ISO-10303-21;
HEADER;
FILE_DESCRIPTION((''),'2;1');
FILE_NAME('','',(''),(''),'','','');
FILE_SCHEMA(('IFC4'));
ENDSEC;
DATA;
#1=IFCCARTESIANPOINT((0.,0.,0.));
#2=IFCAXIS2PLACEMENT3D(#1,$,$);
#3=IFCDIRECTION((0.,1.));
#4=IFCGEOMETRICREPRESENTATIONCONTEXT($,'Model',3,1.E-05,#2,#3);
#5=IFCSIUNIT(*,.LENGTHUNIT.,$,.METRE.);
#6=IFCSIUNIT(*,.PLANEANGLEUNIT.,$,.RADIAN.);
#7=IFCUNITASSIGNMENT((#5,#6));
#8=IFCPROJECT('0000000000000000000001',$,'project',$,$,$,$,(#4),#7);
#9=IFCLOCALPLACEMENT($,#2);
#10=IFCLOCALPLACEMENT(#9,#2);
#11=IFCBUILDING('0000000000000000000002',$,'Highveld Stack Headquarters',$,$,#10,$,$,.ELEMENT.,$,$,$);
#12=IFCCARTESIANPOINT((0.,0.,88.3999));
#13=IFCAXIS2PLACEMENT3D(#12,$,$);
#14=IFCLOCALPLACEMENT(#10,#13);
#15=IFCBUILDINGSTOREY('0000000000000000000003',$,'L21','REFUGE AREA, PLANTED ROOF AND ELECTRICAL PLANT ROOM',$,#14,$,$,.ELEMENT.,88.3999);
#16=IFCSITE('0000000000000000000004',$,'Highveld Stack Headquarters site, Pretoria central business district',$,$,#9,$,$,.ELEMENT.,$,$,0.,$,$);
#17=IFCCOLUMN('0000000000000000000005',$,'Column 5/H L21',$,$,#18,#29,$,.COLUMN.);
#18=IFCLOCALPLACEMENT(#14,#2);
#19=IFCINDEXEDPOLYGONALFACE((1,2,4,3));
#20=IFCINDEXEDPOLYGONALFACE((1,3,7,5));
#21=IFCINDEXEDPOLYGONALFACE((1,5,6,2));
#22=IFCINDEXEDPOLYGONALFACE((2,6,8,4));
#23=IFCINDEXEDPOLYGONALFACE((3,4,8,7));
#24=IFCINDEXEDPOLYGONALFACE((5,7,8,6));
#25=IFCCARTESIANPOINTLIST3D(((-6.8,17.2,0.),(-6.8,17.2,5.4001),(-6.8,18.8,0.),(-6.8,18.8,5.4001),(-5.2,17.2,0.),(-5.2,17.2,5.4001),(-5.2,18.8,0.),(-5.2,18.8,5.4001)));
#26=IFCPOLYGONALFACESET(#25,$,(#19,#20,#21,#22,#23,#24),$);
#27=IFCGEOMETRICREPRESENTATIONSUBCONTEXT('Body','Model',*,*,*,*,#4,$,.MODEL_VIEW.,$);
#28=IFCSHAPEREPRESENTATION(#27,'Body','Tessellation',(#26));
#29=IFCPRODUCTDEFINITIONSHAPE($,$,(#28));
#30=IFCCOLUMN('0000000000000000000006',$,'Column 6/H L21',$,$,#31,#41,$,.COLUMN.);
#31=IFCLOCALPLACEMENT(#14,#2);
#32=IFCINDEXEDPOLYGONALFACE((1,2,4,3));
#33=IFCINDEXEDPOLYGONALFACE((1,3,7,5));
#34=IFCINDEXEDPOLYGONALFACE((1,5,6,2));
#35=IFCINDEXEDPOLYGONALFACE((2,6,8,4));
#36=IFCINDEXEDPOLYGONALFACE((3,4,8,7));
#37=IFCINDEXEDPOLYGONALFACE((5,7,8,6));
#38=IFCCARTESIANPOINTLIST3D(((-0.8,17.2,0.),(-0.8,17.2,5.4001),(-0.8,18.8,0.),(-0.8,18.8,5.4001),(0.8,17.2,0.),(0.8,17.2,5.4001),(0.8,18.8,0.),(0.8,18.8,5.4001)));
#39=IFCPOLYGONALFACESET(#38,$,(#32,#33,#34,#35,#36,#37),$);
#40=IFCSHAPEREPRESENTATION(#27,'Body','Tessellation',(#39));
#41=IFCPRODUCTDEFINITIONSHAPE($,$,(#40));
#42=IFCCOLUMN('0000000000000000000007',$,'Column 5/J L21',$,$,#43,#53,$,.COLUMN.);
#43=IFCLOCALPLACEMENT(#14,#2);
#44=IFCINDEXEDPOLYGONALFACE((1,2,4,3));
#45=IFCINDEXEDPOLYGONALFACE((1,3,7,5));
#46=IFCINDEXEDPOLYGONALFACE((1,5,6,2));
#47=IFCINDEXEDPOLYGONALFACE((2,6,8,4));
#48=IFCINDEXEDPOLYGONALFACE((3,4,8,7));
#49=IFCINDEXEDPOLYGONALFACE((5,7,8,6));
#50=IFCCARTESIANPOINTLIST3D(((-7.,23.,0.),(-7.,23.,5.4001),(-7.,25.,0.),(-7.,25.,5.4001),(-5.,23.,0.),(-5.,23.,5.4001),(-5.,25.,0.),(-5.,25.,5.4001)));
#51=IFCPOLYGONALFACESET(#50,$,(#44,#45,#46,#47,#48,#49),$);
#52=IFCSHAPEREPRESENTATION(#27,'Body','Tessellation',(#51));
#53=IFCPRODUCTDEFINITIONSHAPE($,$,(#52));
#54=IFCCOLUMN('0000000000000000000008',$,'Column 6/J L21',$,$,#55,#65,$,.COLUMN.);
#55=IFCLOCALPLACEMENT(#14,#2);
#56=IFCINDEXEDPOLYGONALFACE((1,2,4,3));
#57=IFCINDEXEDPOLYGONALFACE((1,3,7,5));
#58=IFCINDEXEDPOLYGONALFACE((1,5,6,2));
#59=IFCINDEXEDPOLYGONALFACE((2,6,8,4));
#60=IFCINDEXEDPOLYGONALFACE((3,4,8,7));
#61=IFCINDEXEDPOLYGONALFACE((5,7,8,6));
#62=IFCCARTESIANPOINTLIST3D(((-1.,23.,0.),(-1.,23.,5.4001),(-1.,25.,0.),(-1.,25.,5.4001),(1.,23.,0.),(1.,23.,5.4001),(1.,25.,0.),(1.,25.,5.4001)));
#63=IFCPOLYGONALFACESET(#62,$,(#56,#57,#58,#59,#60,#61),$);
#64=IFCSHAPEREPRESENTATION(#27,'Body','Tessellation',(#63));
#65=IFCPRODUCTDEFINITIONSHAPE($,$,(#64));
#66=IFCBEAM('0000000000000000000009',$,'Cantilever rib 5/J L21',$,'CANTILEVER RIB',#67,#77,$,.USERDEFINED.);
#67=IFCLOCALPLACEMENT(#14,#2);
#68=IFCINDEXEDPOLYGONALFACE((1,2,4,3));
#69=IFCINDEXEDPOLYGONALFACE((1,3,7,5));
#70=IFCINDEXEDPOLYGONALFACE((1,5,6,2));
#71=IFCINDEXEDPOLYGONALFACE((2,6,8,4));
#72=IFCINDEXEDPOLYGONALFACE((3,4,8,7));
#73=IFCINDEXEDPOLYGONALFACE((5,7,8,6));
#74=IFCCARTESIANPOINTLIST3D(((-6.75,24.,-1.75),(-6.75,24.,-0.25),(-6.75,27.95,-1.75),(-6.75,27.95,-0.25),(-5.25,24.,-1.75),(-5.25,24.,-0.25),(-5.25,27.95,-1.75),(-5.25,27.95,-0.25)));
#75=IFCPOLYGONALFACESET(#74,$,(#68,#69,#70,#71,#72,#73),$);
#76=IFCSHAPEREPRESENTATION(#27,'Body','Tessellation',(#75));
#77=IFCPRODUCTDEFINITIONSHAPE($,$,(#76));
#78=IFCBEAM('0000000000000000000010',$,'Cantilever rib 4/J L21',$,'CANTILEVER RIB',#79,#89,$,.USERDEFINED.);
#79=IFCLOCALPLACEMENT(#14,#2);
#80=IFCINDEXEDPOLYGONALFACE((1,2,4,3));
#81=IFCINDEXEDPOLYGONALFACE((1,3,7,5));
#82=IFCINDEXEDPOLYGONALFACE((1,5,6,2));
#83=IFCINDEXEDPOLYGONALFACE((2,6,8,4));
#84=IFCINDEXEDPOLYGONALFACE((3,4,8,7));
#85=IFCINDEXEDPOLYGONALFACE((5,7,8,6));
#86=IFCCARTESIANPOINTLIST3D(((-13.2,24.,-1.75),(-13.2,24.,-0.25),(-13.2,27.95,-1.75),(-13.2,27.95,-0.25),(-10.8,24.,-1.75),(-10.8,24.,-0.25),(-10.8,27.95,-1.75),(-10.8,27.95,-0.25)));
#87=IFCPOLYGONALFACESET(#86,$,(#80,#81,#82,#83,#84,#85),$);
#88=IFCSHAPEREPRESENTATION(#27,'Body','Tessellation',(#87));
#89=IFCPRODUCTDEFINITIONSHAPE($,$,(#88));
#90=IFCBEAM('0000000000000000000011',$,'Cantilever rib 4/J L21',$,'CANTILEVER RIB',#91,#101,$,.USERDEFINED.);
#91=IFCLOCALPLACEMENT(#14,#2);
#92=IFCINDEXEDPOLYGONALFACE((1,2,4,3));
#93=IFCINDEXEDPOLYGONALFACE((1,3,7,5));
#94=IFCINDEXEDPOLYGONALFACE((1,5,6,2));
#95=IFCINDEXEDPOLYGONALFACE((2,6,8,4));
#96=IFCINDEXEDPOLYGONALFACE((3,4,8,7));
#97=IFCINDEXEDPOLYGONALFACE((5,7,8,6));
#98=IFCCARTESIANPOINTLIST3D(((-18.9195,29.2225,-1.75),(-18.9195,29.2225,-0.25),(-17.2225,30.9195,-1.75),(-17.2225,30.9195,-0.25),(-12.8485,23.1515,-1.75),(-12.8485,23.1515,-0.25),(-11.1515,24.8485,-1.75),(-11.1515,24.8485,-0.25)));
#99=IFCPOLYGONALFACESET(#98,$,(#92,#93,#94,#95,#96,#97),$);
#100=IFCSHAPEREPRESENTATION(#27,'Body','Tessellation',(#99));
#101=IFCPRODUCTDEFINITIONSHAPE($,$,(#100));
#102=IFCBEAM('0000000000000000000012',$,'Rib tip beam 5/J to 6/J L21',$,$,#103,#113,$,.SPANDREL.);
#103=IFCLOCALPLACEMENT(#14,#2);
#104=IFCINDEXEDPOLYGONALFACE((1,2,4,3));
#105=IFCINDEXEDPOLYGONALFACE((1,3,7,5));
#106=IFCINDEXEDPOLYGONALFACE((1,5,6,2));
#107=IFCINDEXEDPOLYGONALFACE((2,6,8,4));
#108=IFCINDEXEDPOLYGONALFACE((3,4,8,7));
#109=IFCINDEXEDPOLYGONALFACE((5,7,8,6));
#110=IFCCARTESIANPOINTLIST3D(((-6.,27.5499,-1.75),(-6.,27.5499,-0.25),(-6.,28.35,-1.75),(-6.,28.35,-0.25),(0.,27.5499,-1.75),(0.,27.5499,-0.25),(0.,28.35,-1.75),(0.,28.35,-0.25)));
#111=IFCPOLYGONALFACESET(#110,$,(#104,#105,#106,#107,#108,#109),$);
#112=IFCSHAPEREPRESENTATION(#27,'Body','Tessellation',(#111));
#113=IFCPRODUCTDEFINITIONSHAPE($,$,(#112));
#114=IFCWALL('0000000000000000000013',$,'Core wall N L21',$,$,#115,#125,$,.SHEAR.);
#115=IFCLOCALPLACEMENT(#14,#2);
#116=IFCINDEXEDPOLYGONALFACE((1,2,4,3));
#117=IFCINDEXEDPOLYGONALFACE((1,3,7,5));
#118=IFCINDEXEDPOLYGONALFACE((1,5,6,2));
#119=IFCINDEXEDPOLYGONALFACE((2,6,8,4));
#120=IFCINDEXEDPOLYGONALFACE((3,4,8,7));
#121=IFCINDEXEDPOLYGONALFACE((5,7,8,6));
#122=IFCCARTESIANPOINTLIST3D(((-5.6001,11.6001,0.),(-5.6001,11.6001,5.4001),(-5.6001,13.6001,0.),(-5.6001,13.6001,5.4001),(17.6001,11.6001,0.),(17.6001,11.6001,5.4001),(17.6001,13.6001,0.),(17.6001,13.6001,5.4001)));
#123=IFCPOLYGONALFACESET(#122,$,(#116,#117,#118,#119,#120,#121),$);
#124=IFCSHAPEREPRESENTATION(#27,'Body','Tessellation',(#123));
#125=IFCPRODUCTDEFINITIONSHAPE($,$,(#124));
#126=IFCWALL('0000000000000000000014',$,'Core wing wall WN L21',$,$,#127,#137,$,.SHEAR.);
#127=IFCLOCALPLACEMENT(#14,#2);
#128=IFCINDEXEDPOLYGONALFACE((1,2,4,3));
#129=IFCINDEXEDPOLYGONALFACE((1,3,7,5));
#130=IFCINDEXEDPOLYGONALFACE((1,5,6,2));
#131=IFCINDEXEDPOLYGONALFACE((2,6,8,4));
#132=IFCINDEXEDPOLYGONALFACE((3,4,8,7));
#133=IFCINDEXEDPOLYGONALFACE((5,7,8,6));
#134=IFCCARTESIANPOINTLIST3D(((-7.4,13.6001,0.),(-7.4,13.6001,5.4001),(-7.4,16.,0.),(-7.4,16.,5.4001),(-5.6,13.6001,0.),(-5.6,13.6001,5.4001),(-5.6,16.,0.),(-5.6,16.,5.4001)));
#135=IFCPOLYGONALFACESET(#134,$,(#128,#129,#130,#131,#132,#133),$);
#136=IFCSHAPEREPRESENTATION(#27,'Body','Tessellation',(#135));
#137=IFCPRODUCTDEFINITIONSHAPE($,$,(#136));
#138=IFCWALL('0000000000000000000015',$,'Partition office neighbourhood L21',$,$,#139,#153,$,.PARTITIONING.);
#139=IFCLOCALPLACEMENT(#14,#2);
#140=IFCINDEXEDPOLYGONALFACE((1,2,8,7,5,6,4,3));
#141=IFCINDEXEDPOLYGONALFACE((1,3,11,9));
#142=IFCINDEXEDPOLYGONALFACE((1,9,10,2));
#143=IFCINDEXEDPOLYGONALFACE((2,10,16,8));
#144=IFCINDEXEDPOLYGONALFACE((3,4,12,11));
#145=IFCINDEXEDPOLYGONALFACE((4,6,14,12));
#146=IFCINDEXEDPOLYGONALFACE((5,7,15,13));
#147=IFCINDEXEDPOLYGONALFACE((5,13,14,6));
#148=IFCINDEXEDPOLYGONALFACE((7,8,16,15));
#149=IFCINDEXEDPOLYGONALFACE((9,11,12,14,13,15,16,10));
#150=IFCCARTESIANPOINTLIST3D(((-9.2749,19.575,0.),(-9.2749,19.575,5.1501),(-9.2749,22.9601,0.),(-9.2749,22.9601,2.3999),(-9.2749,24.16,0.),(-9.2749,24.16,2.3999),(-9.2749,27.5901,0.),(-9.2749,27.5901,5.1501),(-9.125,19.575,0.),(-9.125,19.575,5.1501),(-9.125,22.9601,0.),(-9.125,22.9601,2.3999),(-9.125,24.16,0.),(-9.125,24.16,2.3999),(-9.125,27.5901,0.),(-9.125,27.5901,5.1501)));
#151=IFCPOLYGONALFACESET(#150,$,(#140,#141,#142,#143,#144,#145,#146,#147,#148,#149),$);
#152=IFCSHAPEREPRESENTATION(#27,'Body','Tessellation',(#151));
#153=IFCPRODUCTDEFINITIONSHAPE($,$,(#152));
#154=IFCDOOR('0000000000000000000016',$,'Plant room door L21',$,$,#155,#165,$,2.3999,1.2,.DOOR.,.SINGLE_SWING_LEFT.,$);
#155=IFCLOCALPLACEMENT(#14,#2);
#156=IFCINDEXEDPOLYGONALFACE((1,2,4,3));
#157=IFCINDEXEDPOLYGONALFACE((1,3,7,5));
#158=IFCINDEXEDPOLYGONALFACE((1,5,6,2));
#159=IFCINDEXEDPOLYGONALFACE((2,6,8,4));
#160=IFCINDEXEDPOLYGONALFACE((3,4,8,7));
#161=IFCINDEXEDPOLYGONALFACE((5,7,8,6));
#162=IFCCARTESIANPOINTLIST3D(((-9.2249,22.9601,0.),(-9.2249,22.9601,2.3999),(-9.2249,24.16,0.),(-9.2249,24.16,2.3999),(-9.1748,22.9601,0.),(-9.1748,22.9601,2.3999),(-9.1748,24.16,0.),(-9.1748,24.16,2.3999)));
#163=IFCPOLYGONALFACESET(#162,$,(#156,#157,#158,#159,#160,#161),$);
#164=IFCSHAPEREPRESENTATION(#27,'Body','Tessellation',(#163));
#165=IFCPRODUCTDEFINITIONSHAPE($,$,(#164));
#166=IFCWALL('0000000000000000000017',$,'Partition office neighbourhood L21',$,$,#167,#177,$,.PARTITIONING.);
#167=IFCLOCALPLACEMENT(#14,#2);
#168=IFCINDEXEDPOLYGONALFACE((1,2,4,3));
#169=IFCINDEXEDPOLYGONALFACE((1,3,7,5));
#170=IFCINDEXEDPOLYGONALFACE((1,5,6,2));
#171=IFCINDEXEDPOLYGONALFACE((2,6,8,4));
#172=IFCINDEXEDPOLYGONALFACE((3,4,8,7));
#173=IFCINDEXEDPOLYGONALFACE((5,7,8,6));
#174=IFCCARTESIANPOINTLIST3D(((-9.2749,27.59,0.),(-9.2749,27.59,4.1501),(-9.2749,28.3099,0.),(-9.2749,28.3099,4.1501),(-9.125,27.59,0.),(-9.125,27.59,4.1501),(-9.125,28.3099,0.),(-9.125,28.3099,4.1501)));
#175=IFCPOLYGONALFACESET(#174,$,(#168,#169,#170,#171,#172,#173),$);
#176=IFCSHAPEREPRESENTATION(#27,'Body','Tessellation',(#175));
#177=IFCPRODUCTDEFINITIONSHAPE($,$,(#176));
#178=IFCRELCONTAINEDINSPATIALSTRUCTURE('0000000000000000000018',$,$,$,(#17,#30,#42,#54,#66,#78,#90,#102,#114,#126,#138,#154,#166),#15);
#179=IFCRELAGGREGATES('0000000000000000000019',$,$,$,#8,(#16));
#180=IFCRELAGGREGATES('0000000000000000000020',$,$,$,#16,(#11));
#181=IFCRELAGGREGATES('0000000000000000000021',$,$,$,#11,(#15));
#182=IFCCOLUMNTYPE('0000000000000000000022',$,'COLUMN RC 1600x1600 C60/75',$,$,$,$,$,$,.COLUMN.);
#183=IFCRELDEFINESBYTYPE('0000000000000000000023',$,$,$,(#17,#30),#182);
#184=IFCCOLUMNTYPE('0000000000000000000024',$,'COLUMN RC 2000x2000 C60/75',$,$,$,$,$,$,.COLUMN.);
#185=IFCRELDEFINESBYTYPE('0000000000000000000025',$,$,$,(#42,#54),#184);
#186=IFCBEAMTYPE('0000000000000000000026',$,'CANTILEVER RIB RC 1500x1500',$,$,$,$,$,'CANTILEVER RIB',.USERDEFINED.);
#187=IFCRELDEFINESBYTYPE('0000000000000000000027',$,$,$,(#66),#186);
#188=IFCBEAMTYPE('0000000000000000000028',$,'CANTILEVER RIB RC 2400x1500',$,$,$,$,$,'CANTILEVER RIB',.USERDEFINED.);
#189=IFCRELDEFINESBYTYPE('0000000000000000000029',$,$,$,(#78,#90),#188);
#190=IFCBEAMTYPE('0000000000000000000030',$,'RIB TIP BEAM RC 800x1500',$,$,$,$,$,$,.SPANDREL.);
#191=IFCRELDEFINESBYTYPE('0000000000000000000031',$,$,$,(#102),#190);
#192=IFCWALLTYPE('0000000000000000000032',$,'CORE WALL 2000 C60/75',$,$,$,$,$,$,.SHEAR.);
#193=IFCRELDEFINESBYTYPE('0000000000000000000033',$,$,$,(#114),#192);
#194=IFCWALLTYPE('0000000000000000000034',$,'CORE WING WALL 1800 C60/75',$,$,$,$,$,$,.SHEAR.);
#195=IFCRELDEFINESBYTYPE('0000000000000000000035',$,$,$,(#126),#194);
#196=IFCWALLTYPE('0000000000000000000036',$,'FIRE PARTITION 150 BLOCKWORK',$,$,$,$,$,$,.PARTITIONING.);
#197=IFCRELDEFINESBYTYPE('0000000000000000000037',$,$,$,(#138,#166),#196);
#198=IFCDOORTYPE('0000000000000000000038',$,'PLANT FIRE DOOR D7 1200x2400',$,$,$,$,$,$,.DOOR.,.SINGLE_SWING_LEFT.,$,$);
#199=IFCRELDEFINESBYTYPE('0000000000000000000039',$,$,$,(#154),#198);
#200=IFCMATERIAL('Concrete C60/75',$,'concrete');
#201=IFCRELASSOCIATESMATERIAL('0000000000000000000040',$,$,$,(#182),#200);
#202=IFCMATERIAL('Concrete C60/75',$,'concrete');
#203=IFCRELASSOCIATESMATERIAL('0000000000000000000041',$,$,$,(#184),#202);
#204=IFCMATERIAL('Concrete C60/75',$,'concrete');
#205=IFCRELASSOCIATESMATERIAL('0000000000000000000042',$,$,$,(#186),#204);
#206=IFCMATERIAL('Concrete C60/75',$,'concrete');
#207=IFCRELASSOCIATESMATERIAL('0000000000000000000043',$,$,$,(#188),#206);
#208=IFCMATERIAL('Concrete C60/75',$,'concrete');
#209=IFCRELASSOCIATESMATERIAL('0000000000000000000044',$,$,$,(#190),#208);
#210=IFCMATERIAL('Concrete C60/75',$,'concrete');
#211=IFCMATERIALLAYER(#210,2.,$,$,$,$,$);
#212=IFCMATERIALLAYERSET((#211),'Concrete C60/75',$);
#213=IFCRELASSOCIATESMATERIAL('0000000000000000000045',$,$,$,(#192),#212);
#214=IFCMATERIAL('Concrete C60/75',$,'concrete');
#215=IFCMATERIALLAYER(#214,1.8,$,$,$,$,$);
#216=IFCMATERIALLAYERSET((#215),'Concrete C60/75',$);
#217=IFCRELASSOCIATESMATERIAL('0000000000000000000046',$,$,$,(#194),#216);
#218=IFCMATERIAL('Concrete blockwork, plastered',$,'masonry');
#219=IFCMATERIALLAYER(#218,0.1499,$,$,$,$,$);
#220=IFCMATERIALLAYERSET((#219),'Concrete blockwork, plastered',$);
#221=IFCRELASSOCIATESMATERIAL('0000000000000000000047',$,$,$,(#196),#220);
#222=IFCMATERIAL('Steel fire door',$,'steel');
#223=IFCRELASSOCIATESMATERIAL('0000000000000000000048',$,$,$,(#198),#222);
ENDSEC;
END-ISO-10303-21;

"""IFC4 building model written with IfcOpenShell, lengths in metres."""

from ifc_helpers import new_model, si_unit, direction, frame, frame_2d, origin, origin_2d, place, context, subcontext, project, spatial, rectangle, extrude, material, layer, layer_set, material_profile, profile_set, type_object, element, fill, save


model = new_model("IFC4")

# Units and contexts
model_context = context("Model", 3, precision=1e-05, world=origin(), true_north=direction((0.0, 1.0)))
body_context = subcontext(model_context, "Body", "Model", "MODEL_VIEW")
ifc_project = project(units=[si_unit("LENGTHUNIT", "METRE"), si_unit("PLANEANGLEUNIT", "RADIAN")], contexts=[model_context])

# Site, building, storey
site_placement = place(None, origin())
site = spatial("IfcSite", under=ifc_project, at=site_placement, Name="Highveld Stack Headquarters site, Pretoria central business district", CompositionType="ELEMENT", RefElevation=0.0)
building_placement = place(site_placement, origin())
building = spatial("IfcBuilding", under=site, at=building_placement, Name="Highveld Stack Headquarters", CompositionType="ELEMENT")
storey_placement = place(building_placement, frame((0.0, 0.0, 88.3999)))
storey = spatial("IfcBuildingStorey", under=building, at=storey_placement, Name="L21", Description="REFUGE AREA, PLANTED ROOF AND ELECTRICAL PLANT ROOM", CompositionType="ELEMENT", Elevation=88.3999)

# Columns
ifc_material_1 = material(Name="Concrete C60/75", Category="concrete")
ifc_material_profile_1 = material_profile(ifc_material_1, rectangle(XDim=1.6001, YDim=1.6001, at=origin_2d()), Name="RC 1600x1600")
ifc_profile_set_1 = profile_set([ifc_material_profile_1], Name="Concrete C60/75")
column_type_1 = type_object("IfcColumnType", Name="COLUMN RC 1600x1600 C60/75", PredefinedType="COLUMN", material=ifc_profile_set_1)
for number, where, z_axis, x_axis, name in (
    (1, (-6.0, 18.0, 0.0), (0.0, 0.0, 1.0), (1.0, 0.0, 0.0), "Column 5/H L21"),
    (2, (0.0, 18.0, 0.0), (0.0, 0.0, 1.0), (1.0, 0.0, 0.0), "Column 6/H L21"),
):
    element("IfcColumn", number, at=place(storey_placement, frame(where, z_axis=z_axis, x_axis=x_axis)), inside=storey, type_object=column_type_1, Name=name, PredefinedType="COLUMN", context=body_context, shape_type="SweptSolid", body=[
        extrude(rectangle(XDim=1.6001, YDim=1.6001, at=origin_2d()), origin(), (0.0, 0.0, 1.0), 5.4001),
    ])
ifc_material_2 = material(Name="Concrete C60/75", Category="concrete")
ifc_material_profile_2 = material_profile(ifc_material_2, rectangle(XDim=2.0, YDim=2.0, at=origin_2d()), Name="RC 2000x2000")
ifc_profile_set_2 = profile_set([ifc_material_profile_2], Name="Concrete C60/75")
column_type_2 = type_object("IfcColumnType", Name="COLUMN RC 2000x2000 C60/75", PredefinedType="COLUMN", material=ifc_profile_set_2)
for number, where, z_axis, x_axis, name in (
    (3, (-6.0, 24.0, 0.0), (0.0, 0.0, 1.0), (1.0, 0.0, 0.0), "Column 5/J L21"),
    (4, (0.0, 24.0, 0.0), (0.0, 0.0, 1.0), (1.0, 0.0, 0.0), "Column 6/J L21"),
):
    element("IfcColumn", number, at=place(storey_placement, frame(where, z_axis=z_axis, x_axis=x_axis)), inside=storey, type_object=column_type_2, Name=name, PredefinedType="COLUMN", context=body_context, shape_type="SweptSolid", body=[
        extrude(rectangle(XDim=2.0, YDim=2.0, at=origin_2d()), origin(), (0.0, 0.0, 1.0), 5.4001),
    ])

# Beams
ifc_material_3 = material(Name="Concrete C60/75", Category="concrete")
ifc_material_profile_3 = material_profile(ifc_material_3, rectangle(XDim=1.5, YDim=1.5, at=origin_2d()), Name="RC 1500x1500")
ifc_profile_set_3 = profile_set([ifc_material_profile_3], Name="Concrete C60/75")
beam_type_1 = type_object("IfcBeamType", Name="CANTILEVER RIB RC 1500x1500", ElementType="CANTILEVER RIB", PredefinedType="USERDEFINED", material=ifc_profile_set_3)
beam_1_placement = place(storey_placement, frame((-6.0, 24.0, -1.0), z_axis=(0.0, 1.0, 0.0), x_axis=(-1.0, 0.0, 0.0)))
element("IfcBeam", 5, at=beam_1_placement, inside=storey, type_object=beam_type_1, Name="Cantilever rib 5/J L21", ObjectType="CANTILEVER RIB", PredefinedType="USERDEFINED", context=body_context, shape_type="SweptSolid", body=[
    extrude(rectangle(XDim=1.5, YDim=1.5, at=origin_2d()), origin(), (0.0, 0.0, 1.0), 3.95),
])
ifc_material_4 = material(Name="Concrete C60/75", Category="concrete")
ifc_material_profile_4 = material_profile(ifc_material_4, rectangle(XDim=2.3999, YDim=1.5, at=origin_2d()), Name="RC 2400x1500")
ifc_profile_set_4 = profile_set([ifc_material_profile_4], Name="Concrete C60/75")
beam_type_2 = type_object("IfcBeamType", Name="CANTILEVER RIB RC 2400x1500", ElementType="CANTILEVER RIB", PredefinedType="USERDEFINED", material=ifc_profile_set_4)
beam_2_placement = place(storey_placement, frame((-12.0, 24.0, -1.0), z_axis=(0.0, 1.0, 0.0), x_axis=(-1.0, 0.0, 0.0)))
element("IfcBeam", 6, at=beam_2_placement, inside=storey, type_object=beam_type_2, Name="Cantilever rib 4/J L21", ObjectType="CANTILEVER RIB", PredefinedType="USERDEFINED", context=body_context, shape_type="SweptSolid", body=[
    extrude(rectangle(XDim=2.3999, YDim=1.5, at=origin_2d()), origin(), (0.0, 0.0, 1.0), 3.95),
])
beam_3_placement = place(storey_placement, frame((-12.0, 24.0, -1.0), z_axis=(-0.707107, 0.707107, 0.0), x_axis=(-0.707107, -0.707107, 0.0)))
element("IfcBeam", 7, at=beam_3_placement, inside=storey, type_object=beam_type_2, Name="Cantilever rib 4/J L21", ObjectType="CANTILEVER RIB", PredefinedType="USERDEFINED", context=body_context, shape_type="SweptSolid", body=[
    extrude(rectangle(XDim=2.3999, YDim=1.5, at=origin_2d()), origin(), (0.0, 0.0, 1.0), 8.5857),
])
ifc_material_5 = material(Name="Concrete C60/75", Category="concrete")
ifc_material_profile_5 = material_profile(ifc_material_5, rectangle(XDim=0.8, YDim=1.5, at=origin_2d()), Name="RC 800x1500")
ifc_profile_set_5 = profile_set([ifc_material_profile_5], Name="Concrete C60/75")
beam_type_3 = type_object("IfcBeamType", Name="RIB TIP BEAM RC 800x1500", PredefinedType="SPANDREL", material=ifc_profile_set_5)
beam_4_placement = place(storey_placement, frame((-6.0, 27.95, -1.0), z_axis=(1.0, 0.0, 0.0), x_axis=(0.0, 1.0, 0.0)))
element("IfcBeam", 8, at=beam_4_placement, inside=storey, type_object=beam_type_3, Name="Rib tip beam 5/J to 6/J L21", PredefinedType="SPANDREL", context=body_context, shape_type="SweptSolid", body=[
    extrude(rectangle(XDim=0.8, YDim=1.5, at=origin_2d()), origin(), (0.0, 0.0, 1.0), 6.0),
])

# Walls
ifc_material_6 = material(Name="Concrete C60/75", Category="concrete")
ifc_layer_1 = layer(ifc_material_6, 2.0)
ifc_layer_set_1 = layer_set([ifc_layer_1], Name="Concrete C60/75")
wall_type_1 = type_object("IfcWallType", Name="CORE WALL 2000 C60/75", PredefinedType="SHEAR", material=ifc_layer_set_1)
wall_1_placement = place(storey_placement, frame((-5.6001, 12.6001, 0.0), z_axis=(0.0, 0.0, 1.0), x_axis=(1.0, 0.0, 0.0)))
element("IfcWall", 9, at=wall_1_placement, inside=storey, type_object=wall_type_1, Name="Core wall N L21", PredefinedType="SHEAR", context=body_context, shape_type="SweptSolid", body=[
    extrude(rectangle(XDim=23.2002, YDim=2.0, at=frame_2d((11.6001, 0.0))), origin(), (0.0, 0.0, 1.0), 5.4001),
])
ifc_material_7 = material(Name="Concrete C60/75", Category="concrete")
ifc_layer_2 = layer(ifc_material_7, 1.8)
ifc_layer_set_2 = layer_set([ifc_layer_2], Name="Concrete C60/75")
wall_type_2 = type_object("IfcWallType", Name="CORE WING WALL 1800 C60/75", PredefinedType="SHEAR", material=ifc_layer_set_2)
wall_2_placement = place(storey_placement, frame((-6.5, 13.6001, 0.0), z_axis=(0.0, 0.0, 1.0), x_axis=(0.0, 1.0, 0.0)))
element("IfcWall", 10, at=wall_2_placement, inside=storey, type_object=wall_type_2, Name="Core wing wall WN L21", PredefinedType="SHEAR", context=body_context, shape_type="SweptSolid", body=[
    extrude(rectangle(XDim=2.3999, YDim=1.8, at=frame_2d((1.2, 0.0))), origin(), (0.0, 0.0, 1.0), 5.4001),
])

# Wall, opening, door
ifc_material_8 = material(Name="Concrete blockwork, plastered", Category="masonry")
ifc_layer_3 = layer(ifc_material_8, 0.1499)
ifc_layer_set_3 = layer_set([ifc_layer_3], Name="Concrete blockwork, plastered")
wall_type_3 = type_object("IfcWallType", Name="FIRE PARTITION 150 BLOCKWORK", PredefinedType="PARTITIONING", material=ifc_layer_set_3)
wall_3_placement = place(storey_placement, frame((-9.2, 19.575, 0.0), z_axis=(0.0, 0.0, 1.0), x_axis=(0.0, 1.0, 0.0)))
wall_3 = element("IfcWall", 11, at=wall_3_placement, inside=storey, type_object=wall_type_3, Name="Partition office neighbourhood L21", PredefinedType="PARTITIONING", context=body_context, shape_type="SweptSolid", body=[
    extrude(rectangle(XDim=8.0151, YDim=0.1499, at=frame_2d((4.0076, 0.0))), origin(), (0.0, 0.0, 1.0), 5.1501),
])
opening_1_placement = place(wall_3_placement, frame((3.385, 0.0, 0.0)))
opening_1 = element("IfcOpeningElement", 12, at=opening_1_placement, cuts=wall_3, PredefinedType="OPENING", context=body_context, shape_type="SweptSolid", body=[
    extrude(rectangle(XDim=1.2, YDim=2.3999, at=frame_2d((0.6001, 1.2))), frame((0.0, 0.085, 0.0), z_axis=(0.0, -1.0, 0.0), x_axis=(1.0, 0.0, 0.0)), (0.0, 0.0, 1.0), 0.1699),
])
ifc_material_9 = material(Name="Steel fire door", Category="steel")
door_type = type_object("IfcDoorType", Name="PLANT FIRE DOOR D7 1200x2400", OperationType="SINGLE_SWING_LEFT", PredefinedType="DOOR", material=ifc_material_9)
door_1_placement = place(opening_1_placement, origin())
door_1 = element("IfcDoor", 13, at=door_1_placement, inside=storey, type_object=door_type, Name="Plant room door L21", OperationType="SINGLE_SWING_LEFT", OverallHeight=2.3999, OverallWidth=1.2, PredefinedType="DOOR", context=body_context, shape_type="SweptSolid", body=[
    extrude(rectangle(XDim=1.2, YDim=2.3999, at=frame_2d((0.6001, 1.2))), frame((0.0, 0.0249, 0.0), z_axis=(0.0, -1.0, 0.0), x_axis=(1.0, 0.0, 0.0)), (0.0, 0.0, 1.0), 0.05),
])
fill(opening_1, door_1)

# Wall
wall_4_placement = place(storey_placement, frame((-9.2, 27.5901, 0.0), z_axis=(0.0, 0.0, 1.0), x_axis=(0.0, 1.0, 0.0)))
element("IfcWall", 14, at=wall_4_placement, inside=storey, type_object=wall_type_3, Name="Partition office neighbourhood L21", PredefinedType="PARTITIONING", context=body_context, shape_type="SweptSolid", body=[
    extrude(rectangle(XDim=0.72, YDim=0.1499, at=frame_2d((0.3599, 0.0))), origin(), (0.0, 0.0, 1.0), 4.1501),
])

save(model, "model.ifc")
